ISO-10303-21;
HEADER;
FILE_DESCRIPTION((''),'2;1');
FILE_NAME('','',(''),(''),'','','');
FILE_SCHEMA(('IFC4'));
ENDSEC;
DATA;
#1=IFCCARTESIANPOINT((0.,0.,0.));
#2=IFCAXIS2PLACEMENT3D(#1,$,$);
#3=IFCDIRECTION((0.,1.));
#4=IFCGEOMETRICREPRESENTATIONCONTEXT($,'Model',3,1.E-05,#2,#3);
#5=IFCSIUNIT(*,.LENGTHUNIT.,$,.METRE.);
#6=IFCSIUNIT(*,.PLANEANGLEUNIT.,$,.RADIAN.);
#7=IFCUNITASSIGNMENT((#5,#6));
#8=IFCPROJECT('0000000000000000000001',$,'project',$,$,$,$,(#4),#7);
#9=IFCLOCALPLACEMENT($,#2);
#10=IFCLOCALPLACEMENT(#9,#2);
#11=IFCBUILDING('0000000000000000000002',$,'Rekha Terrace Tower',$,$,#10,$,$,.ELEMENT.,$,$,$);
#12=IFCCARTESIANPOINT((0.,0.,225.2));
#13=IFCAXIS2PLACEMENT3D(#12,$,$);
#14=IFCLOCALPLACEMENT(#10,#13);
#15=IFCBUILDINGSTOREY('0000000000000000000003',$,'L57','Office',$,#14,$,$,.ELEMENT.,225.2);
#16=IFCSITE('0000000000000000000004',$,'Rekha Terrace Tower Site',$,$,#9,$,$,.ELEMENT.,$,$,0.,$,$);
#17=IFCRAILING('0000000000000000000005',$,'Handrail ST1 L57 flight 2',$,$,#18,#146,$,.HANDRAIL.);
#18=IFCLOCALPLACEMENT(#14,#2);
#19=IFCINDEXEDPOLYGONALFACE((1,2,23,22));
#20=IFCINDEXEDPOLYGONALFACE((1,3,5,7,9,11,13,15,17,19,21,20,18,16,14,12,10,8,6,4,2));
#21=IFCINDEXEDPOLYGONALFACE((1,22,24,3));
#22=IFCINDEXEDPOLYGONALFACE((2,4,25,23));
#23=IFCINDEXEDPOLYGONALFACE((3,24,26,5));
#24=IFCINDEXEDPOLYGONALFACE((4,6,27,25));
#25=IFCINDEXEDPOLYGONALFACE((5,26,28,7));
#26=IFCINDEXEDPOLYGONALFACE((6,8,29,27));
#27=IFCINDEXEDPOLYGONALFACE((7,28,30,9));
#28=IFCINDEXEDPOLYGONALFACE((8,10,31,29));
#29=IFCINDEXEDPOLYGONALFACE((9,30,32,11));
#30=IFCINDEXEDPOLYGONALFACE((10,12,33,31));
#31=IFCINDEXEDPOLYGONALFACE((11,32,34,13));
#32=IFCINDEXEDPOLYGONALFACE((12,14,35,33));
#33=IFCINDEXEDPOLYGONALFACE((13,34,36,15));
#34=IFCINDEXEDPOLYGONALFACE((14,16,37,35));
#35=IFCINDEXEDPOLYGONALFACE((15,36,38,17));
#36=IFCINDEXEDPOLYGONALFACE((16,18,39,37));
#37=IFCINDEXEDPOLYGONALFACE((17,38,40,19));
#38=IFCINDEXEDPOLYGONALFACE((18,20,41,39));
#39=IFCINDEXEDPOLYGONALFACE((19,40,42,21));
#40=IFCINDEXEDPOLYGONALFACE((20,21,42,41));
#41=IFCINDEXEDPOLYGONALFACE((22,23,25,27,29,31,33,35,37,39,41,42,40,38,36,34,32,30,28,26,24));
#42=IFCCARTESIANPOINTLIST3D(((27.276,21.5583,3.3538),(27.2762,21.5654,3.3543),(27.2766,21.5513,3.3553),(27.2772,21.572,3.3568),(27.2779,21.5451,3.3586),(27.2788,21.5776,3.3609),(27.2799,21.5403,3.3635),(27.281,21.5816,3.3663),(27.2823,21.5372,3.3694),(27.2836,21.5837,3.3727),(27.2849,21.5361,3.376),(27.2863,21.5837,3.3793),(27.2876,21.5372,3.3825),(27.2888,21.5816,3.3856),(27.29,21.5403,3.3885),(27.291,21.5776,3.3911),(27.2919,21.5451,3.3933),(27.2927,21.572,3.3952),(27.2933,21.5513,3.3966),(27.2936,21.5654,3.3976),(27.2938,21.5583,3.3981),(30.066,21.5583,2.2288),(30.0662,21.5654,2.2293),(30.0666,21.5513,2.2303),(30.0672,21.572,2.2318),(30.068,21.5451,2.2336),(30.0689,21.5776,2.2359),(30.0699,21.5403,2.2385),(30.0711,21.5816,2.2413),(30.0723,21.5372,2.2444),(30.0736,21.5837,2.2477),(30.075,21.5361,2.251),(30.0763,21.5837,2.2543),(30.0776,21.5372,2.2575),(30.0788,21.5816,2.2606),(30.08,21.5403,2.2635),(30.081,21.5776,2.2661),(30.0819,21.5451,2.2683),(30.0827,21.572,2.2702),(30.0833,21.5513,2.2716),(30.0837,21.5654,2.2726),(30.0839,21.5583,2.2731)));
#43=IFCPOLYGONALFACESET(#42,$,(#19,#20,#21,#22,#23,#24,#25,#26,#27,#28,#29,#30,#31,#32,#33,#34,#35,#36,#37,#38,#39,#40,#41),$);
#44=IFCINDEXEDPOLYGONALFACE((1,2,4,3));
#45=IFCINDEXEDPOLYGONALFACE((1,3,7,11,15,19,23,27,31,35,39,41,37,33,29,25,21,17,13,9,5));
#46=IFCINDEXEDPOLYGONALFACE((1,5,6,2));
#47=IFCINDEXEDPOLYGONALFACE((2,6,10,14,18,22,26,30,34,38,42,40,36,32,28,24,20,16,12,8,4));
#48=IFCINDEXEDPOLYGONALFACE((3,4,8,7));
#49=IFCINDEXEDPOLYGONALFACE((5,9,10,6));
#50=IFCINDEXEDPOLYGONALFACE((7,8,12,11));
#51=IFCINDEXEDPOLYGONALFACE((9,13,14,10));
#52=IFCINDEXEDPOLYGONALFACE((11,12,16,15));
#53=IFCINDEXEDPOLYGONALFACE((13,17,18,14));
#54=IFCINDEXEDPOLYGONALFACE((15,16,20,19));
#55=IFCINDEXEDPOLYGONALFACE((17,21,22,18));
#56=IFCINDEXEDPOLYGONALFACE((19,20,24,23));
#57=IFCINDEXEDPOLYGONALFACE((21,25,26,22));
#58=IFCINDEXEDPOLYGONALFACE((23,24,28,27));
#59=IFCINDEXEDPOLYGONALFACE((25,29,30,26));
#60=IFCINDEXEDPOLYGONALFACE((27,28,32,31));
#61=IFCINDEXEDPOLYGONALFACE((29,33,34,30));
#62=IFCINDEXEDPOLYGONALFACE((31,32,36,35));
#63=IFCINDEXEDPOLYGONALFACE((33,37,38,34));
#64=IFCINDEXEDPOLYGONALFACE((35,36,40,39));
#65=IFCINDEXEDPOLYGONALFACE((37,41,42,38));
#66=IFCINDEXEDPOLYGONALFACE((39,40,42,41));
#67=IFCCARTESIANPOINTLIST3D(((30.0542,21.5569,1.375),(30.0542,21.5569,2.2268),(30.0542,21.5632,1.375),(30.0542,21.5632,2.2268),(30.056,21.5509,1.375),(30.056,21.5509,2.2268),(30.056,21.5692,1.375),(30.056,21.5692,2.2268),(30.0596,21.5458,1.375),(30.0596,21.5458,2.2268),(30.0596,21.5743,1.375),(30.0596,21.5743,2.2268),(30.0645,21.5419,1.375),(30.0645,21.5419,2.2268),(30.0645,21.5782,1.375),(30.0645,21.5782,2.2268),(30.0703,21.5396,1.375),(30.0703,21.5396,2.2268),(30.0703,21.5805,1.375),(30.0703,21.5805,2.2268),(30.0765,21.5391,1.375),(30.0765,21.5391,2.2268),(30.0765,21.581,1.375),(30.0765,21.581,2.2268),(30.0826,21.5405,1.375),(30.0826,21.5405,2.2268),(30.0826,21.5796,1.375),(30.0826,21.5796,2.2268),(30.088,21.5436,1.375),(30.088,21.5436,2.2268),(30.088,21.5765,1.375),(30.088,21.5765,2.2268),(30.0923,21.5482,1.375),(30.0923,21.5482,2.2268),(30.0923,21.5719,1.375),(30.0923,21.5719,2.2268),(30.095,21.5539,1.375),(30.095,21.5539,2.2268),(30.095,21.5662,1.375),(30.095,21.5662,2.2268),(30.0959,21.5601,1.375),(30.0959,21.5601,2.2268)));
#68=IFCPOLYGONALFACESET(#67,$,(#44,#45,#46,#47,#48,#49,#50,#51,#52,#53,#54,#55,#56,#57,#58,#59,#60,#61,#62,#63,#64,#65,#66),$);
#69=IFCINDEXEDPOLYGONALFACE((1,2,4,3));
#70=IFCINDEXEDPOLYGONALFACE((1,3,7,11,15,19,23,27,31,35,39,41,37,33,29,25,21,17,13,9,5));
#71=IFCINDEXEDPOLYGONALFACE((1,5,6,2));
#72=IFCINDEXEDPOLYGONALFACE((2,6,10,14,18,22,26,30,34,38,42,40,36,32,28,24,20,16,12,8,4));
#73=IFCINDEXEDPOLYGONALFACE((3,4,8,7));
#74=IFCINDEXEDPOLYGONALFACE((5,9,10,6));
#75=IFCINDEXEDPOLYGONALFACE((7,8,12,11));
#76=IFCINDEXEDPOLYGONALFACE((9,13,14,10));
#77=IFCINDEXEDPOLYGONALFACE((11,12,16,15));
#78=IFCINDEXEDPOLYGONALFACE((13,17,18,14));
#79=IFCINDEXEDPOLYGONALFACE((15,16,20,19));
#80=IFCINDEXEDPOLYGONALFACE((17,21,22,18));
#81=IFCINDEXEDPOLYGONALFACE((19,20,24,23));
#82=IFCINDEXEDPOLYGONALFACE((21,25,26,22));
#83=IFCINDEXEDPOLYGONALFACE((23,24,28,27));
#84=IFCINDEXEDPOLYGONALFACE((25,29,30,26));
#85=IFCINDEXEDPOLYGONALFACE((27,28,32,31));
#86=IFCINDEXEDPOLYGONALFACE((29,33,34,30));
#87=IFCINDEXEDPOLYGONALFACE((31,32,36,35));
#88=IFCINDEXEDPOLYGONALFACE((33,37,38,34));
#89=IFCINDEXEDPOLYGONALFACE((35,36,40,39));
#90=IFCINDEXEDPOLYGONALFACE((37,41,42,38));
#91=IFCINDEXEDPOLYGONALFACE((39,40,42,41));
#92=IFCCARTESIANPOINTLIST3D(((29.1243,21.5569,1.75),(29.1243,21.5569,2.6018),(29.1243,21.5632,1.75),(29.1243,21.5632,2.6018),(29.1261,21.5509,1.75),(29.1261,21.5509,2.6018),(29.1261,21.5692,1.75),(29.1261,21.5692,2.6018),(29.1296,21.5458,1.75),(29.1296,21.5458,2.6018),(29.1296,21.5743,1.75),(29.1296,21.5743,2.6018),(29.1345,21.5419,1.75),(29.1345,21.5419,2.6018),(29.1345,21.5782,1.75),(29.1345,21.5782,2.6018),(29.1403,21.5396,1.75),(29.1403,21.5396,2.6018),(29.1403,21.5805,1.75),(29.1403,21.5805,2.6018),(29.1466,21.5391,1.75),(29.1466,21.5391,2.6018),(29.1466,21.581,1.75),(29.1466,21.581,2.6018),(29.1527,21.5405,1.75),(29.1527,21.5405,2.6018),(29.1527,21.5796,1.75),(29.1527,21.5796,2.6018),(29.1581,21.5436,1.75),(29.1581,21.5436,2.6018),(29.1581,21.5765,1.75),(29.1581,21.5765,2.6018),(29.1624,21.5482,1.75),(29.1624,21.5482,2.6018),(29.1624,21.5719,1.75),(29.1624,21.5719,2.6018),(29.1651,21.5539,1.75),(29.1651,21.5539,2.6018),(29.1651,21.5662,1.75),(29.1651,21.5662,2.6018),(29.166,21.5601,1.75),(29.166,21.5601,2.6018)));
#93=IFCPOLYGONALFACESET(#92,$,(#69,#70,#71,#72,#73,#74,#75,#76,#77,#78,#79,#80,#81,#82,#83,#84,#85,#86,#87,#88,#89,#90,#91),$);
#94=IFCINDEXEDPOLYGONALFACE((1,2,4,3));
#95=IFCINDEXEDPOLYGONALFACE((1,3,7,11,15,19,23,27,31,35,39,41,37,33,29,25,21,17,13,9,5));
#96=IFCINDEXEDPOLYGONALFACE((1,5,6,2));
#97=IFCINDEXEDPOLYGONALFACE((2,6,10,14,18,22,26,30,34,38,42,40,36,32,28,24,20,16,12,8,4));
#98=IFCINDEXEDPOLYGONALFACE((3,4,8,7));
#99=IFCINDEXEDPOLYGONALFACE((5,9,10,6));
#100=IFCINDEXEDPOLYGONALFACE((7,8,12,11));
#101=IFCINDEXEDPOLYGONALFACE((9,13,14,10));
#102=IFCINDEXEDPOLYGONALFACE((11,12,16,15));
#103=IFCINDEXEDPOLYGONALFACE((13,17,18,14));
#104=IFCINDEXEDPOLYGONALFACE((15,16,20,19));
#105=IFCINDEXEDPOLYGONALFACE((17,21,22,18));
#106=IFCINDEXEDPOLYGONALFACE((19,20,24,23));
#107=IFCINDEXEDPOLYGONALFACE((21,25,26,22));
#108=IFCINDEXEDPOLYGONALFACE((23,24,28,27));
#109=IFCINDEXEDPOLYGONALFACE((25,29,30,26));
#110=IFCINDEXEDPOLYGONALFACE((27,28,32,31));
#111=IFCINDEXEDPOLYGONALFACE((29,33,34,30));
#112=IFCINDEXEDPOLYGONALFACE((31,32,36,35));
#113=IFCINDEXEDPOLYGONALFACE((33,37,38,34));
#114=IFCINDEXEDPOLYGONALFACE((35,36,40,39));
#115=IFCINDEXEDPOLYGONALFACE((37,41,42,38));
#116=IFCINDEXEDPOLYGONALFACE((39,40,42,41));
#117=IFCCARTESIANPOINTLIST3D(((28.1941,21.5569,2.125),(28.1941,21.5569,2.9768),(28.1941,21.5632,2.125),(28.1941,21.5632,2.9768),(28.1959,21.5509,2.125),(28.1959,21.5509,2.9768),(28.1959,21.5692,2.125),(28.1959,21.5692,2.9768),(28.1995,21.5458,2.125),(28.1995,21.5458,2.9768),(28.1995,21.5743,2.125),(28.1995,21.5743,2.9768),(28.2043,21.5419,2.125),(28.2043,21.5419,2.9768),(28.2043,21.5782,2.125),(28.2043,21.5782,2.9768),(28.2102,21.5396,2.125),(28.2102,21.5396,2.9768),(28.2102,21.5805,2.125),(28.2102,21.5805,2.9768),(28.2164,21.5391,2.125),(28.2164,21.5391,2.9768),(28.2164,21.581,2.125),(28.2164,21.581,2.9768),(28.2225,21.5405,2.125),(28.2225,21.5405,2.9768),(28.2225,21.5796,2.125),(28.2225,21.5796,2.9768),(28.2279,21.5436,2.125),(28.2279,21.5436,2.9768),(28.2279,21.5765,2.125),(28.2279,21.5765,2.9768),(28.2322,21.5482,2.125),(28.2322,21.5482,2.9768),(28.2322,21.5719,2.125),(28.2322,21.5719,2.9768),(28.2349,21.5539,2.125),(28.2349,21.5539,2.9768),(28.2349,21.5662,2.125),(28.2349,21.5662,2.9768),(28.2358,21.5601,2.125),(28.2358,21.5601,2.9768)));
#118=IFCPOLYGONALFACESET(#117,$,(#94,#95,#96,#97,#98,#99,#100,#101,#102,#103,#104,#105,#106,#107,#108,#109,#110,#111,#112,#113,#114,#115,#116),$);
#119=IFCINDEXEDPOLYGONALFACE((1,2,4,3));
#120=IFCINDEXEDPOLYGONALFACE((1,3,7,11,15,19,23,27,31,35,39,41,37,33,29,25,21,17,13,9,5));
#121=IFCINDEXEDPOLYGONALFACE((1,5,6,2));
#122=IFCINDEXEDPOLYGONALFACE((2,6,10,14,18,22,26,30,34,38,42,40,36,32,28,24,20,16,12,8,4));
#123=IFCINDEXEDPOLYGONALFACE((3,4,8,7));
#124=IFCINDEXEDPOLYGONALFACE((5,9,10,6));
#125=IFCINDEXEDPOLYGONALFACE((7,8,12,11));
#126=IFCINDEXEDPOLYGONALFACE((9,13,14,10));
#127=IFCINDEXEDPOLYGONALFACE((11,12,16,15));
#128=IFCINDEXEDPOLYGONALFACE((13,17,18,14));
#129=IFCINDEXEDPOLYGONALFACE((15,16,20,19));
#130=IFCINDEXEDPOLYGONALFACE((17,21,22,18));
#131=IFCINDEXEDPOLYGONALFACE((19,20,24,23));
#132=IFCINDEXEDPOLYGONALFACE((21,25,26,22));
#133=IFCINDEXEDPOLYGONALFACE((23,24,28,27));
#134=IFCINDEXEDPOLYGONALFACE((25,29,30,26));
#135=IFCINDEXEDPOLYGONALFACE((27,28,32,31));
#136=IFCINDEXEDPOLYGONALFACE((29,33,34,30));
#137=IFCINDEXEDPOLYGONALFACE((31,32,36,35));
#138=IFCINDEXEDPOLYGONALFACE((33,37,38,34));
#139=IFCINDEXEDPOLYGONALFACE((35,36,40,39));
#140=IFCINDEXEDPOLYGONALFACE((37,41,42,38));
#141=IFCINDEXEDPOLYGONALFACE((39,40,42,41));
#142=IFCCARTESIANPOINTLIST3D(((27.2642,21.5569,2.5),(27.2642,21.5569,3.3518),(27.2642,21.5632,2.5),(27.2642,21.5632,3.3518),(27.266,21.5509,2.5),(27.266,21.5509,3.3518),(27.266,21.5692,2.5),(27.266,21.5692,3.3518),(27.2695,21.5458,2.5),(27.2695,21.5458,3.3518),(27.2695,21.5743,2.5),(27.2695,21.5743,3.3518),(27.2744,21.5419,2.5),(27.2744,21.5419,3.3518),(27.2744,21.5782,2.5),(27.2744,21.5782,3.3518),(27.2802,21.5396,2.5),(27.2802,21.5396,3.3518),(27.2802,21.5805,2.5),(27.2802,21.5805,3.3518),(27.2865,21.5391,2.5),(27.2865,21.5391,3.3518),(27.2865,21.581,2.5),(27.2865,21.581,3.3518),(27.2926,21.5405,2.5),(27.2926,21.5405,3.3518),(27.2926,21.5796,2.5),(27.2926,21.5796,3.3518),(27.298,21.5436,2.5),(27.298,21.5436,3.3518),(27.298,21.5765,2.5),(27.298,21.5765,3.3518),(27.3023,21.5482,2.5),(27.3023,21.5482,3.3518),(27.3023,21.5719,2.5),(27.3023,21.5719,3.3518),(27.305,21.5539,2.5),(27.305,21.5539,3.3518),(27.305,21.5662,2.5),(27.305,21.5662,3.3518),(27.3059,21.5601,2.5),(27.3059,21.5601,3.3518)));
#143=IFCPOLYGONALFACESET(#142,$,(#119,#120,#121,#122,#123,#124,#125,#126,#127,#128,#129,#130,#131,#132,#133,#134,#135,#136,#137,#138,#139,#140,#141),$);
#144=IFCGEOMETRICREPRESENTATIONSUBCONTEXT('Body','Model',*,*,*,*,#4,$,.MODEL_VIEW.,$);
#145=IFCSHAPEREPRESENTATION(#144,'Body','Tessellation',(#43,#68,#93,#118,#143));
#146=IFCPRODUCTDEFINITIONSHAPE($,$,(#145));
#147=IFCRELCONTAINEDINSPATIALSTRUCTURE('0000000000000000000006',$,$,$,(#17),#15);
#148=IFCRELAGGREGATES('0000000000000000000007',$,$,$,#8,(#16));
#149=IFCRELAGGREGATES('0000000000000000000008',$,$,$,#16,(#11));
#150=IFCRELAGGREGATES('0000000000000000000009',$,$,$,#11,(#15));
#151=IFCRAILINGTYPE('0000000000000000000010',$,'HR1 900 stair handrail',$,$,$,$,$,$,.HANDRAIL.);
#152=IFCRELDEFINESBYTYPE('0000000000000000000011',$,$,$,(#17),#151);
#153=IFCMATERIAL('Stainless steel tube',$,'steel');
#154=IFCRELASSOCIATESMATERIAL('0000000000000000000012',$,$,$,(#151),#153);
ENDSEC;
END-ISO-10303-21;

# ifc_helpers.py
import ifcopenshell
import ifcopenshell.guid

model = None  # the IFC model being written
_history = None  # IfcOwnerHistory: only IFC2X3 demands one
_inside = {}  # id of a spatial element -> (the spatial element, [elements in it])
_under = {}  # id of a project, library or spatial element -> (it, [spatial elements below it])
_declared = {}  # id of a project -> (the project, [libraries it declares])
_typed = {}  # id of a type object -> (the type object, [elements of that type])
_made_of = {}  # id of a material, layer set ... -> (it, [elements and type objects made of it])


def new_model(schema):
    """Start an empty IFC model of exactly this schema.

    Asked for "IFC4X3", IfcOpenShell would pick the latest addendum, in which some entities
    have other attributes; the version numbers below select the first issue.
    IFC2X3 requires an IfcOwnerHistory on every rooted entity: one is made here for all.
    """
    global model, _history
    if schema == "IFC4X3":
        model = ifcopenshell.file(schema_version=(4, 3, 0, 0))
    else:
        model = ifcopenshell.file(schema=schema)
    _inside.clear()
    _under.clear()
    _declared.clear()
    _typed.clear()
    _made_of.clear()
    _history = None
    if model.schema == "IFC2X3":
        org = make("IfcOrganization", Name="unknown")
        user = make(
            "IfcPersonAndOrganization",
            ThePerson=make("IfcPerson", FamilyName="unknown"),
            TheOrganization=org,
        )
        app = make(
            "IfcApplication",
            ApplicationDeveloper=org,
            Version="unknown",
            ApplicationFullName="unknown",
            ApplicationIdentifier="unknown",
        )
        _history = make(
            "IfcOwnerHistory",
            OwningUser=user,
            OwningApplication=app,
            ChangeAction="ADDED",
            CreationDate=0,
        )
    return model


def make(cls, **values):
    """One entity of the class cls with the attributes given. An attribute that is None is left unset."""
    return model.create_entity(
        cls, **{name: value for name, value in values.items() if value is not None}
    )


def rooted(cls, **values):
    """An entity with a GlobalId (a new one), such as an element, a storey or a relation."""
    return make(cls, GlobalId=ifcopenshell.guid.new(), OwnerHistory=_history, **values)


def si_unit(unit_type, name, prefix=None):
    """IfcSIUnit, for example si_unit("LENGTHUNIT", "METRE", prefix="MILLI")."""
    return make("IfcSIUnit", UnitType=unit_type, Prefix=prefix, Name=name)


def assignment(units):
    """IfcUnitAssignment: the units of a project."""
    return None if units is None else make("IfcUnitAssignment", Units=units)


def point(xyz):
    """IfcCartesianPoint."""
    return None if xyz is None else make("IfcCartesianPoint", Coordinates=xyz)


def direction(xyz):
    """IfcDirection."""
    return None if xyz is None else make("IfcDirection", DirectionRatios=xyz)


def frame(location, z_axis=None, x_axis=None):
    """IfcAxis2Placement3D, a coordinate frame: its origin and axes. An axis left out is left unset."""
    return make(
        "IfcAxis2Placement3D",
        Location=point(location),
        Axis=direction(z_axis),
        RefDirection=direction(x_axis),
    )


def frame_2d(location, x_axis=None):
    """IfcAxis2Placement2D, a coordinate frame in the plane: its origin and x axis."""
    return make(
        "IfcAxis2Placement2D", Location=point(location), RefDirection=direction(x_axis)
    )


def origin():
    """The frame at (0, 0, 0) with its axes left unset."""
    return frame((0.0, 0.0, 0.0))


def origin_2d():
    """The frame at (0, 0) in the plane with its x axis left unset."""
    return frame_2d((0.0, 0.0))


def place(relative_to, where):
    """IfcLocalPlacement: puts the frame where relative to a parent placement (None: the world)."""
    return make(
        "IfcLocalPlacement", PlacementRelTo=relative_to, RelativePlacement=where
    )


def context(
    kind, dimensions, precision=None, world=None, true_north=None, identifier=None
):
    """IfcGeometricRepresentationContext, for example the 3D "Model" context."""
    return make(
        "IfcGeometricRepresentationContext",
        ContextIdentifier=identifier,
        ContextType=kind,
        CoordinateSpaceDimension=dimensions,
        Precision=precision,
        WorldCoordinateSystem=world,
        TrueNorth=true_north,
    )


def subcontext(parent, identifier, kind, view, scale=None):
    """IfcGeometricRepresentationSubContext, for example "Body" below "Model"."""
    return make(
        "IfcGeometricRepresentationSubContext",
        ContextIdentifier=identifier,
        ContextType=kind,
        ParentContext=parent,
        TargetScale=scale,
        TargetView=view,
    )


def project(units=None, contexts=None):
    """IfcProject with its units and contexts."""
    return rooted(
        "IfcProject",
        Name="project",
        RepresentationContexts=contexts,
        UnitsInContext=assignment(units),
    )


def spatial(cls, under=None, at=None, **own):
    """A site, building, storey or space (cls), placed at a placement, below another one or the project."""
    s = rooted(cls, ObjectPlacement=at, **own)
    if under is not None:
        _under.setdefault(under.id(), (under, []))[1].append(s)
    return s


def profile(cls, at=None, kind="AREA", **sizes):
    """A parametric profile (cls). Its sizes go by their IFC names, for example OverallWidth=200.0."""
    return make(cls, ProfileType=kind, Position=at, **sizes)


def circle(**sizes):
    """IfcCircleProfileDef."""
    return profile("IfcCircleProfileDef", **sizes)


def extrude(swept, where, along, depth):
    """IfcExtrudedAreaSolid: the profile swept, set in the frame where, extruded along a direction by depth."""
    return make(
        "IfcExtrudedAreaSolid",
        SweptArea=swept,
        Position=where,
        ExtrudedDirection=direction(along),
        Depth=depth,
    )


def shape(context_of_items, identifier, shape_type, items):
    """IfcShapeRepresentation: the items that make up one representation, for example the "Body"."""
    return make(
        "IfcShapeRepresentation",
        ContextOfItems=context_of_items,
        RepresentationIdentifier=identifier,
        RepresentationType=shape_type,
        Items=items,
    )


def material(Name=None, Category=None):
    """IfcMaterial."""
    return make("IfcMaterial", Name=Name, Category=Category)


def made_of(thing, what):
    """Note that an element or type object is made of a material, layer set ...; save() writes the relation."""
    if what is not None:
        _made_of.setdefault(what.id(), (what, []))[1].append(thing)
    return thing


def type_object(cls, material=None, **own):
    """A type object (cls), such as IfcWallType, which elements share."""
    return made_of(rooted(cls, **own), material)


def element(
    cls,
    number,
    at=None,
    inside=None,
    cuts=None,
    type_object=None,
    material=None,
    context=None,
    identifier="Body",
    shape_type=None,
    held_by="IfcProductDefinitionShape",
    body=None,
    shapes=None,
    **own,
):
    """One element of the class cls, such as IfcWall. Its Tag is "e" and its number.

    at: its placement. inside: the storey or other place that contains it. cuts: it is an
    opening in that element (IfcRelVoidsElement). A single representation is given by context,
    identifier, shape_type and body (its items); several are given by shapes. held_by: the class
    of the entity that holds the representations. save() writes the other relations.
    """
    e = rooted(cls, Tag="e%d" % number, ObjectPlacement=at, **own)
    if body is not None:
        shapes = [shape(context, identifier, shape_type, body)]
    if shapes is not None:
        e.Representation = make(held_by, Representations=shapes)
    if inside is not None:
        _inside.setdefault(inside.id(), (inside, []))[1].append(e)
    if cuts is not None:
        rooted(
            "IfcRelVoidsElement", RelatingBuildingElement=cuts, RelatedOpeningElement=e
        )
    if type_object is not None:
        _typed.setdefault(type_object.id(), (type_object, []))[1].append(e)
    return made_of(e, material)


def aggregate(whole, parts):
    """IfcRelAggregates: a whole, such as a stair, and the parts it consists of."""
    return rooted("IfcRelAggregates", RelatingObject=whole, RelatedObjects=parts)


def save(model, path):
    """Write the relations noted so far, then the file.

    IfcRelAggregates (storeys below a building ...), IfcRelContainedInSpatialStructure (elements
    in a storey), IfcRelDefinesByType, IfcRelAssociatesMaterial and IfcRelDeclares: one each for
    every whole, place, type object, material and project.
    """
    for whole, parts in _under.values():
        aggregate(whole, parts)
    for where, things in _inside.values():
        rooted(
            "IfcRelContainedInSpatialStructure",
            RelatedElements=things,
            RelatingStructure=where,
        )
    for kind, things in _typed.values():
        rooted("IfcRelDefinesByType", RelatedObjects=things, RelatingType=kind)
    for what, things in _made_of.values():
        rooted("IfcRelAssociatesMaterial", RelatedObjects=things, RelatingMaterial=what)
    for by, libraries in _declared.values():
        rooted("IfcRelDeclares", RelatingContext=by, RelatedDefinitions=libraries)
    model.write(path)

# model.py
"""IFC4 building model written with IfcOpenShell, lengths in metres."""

from ifc_helpers import new_model, si_unit, direction, frame, origin, origin_2d, place, context, subcontext, project, spatial, circle, extrude, material, type_object, element, save


model = new_model("IFC4")

# Units and contexts
model_context = context("Model", 3, precision=1e-05, world=origin(), true_north=direction((0.0, 1.0)))
body_context = subcontext(model_context, "Body", "Model", "MODEL_VIEW")
ifc_project = project(units=[si_unit("LENGTHUNIT", "METRE"), si_unit("PLANEANGLEUNIT", "RADIAN")], contexts=[model_context])

# Site, building, storey
site_placement = place(None, origin())
site = spatial("IfcSite", under=ifc_project, at=site_placement, Name="Rekha Terrace Tower Site", CompositionType="ELEMENT", RefElevation=0.0)
building_placement = place(site_placement, origin())
building = spatial("IfcBuilding", under=site, at=building_placement, Name="Rekha Terrace Tower", CompositionType="ELEMENT")
storey_placement = place(building_placement, frame((0.0, 0.0, 225.2)))
storey = spatial("IfcBuildingStorey", under=building, at=storey_placement, Name="L57", Description="Office", CompositionType="ELEMENT", Elevation=225.2)

# Railing
ifc_material_1 = material(Name="Stainless steel tube", Category="steel")
railing_type_1 = type_object("IfcRailingType", Name="HR1 900 stair handrail", PredefinedType="HANDRAIL", material=ifc_material_1)
railing_1_placement = place(storey_placement, frame((30.075, 21.5601, 1.375)))
element("IfcRailing", 1, at=railing_1_placement, inside=storey, type_object=railing_type_1, Name="Handrail ST1 L57 flight 2", PredefinedType="HANDRAIL", context=body_context, shape_type="SweptSolid", body=[
    extrude(circle(Radius=0.0239, at=origin_2d()), frame((0.0, 0.0, 0.876), z_axis=(-0.927443, 0.0, 0.373964), x_axis=(0.0, -1.0, 0.0)), (0.0, 0.0, 1.0), 3.0083),
    extrude(circle(Radius=0.021, at=origin_2d()), origin(), (0.0, 0.0, 1.0), 0.8518),
    extrude(circle(Radius=0.021, at=origin_2d()), frame((-0.9299, 0.0, 0.375)), (0.0, 0.0, 1.0), 0.8518),
    extrude(circle(Radius=0.021, at=origin_2d()), frame((-1.8601, 0.0, 0.75)), (0.0, 0.0, 1.0), 0.8518),
    extrude(circle(Radius=0.021, at=origin_2d()), frame((-2.79, 0.0, 1.125)), (0.0, 0.0, 1.0), 0.8518),
])

save(model, "model.ifc")
